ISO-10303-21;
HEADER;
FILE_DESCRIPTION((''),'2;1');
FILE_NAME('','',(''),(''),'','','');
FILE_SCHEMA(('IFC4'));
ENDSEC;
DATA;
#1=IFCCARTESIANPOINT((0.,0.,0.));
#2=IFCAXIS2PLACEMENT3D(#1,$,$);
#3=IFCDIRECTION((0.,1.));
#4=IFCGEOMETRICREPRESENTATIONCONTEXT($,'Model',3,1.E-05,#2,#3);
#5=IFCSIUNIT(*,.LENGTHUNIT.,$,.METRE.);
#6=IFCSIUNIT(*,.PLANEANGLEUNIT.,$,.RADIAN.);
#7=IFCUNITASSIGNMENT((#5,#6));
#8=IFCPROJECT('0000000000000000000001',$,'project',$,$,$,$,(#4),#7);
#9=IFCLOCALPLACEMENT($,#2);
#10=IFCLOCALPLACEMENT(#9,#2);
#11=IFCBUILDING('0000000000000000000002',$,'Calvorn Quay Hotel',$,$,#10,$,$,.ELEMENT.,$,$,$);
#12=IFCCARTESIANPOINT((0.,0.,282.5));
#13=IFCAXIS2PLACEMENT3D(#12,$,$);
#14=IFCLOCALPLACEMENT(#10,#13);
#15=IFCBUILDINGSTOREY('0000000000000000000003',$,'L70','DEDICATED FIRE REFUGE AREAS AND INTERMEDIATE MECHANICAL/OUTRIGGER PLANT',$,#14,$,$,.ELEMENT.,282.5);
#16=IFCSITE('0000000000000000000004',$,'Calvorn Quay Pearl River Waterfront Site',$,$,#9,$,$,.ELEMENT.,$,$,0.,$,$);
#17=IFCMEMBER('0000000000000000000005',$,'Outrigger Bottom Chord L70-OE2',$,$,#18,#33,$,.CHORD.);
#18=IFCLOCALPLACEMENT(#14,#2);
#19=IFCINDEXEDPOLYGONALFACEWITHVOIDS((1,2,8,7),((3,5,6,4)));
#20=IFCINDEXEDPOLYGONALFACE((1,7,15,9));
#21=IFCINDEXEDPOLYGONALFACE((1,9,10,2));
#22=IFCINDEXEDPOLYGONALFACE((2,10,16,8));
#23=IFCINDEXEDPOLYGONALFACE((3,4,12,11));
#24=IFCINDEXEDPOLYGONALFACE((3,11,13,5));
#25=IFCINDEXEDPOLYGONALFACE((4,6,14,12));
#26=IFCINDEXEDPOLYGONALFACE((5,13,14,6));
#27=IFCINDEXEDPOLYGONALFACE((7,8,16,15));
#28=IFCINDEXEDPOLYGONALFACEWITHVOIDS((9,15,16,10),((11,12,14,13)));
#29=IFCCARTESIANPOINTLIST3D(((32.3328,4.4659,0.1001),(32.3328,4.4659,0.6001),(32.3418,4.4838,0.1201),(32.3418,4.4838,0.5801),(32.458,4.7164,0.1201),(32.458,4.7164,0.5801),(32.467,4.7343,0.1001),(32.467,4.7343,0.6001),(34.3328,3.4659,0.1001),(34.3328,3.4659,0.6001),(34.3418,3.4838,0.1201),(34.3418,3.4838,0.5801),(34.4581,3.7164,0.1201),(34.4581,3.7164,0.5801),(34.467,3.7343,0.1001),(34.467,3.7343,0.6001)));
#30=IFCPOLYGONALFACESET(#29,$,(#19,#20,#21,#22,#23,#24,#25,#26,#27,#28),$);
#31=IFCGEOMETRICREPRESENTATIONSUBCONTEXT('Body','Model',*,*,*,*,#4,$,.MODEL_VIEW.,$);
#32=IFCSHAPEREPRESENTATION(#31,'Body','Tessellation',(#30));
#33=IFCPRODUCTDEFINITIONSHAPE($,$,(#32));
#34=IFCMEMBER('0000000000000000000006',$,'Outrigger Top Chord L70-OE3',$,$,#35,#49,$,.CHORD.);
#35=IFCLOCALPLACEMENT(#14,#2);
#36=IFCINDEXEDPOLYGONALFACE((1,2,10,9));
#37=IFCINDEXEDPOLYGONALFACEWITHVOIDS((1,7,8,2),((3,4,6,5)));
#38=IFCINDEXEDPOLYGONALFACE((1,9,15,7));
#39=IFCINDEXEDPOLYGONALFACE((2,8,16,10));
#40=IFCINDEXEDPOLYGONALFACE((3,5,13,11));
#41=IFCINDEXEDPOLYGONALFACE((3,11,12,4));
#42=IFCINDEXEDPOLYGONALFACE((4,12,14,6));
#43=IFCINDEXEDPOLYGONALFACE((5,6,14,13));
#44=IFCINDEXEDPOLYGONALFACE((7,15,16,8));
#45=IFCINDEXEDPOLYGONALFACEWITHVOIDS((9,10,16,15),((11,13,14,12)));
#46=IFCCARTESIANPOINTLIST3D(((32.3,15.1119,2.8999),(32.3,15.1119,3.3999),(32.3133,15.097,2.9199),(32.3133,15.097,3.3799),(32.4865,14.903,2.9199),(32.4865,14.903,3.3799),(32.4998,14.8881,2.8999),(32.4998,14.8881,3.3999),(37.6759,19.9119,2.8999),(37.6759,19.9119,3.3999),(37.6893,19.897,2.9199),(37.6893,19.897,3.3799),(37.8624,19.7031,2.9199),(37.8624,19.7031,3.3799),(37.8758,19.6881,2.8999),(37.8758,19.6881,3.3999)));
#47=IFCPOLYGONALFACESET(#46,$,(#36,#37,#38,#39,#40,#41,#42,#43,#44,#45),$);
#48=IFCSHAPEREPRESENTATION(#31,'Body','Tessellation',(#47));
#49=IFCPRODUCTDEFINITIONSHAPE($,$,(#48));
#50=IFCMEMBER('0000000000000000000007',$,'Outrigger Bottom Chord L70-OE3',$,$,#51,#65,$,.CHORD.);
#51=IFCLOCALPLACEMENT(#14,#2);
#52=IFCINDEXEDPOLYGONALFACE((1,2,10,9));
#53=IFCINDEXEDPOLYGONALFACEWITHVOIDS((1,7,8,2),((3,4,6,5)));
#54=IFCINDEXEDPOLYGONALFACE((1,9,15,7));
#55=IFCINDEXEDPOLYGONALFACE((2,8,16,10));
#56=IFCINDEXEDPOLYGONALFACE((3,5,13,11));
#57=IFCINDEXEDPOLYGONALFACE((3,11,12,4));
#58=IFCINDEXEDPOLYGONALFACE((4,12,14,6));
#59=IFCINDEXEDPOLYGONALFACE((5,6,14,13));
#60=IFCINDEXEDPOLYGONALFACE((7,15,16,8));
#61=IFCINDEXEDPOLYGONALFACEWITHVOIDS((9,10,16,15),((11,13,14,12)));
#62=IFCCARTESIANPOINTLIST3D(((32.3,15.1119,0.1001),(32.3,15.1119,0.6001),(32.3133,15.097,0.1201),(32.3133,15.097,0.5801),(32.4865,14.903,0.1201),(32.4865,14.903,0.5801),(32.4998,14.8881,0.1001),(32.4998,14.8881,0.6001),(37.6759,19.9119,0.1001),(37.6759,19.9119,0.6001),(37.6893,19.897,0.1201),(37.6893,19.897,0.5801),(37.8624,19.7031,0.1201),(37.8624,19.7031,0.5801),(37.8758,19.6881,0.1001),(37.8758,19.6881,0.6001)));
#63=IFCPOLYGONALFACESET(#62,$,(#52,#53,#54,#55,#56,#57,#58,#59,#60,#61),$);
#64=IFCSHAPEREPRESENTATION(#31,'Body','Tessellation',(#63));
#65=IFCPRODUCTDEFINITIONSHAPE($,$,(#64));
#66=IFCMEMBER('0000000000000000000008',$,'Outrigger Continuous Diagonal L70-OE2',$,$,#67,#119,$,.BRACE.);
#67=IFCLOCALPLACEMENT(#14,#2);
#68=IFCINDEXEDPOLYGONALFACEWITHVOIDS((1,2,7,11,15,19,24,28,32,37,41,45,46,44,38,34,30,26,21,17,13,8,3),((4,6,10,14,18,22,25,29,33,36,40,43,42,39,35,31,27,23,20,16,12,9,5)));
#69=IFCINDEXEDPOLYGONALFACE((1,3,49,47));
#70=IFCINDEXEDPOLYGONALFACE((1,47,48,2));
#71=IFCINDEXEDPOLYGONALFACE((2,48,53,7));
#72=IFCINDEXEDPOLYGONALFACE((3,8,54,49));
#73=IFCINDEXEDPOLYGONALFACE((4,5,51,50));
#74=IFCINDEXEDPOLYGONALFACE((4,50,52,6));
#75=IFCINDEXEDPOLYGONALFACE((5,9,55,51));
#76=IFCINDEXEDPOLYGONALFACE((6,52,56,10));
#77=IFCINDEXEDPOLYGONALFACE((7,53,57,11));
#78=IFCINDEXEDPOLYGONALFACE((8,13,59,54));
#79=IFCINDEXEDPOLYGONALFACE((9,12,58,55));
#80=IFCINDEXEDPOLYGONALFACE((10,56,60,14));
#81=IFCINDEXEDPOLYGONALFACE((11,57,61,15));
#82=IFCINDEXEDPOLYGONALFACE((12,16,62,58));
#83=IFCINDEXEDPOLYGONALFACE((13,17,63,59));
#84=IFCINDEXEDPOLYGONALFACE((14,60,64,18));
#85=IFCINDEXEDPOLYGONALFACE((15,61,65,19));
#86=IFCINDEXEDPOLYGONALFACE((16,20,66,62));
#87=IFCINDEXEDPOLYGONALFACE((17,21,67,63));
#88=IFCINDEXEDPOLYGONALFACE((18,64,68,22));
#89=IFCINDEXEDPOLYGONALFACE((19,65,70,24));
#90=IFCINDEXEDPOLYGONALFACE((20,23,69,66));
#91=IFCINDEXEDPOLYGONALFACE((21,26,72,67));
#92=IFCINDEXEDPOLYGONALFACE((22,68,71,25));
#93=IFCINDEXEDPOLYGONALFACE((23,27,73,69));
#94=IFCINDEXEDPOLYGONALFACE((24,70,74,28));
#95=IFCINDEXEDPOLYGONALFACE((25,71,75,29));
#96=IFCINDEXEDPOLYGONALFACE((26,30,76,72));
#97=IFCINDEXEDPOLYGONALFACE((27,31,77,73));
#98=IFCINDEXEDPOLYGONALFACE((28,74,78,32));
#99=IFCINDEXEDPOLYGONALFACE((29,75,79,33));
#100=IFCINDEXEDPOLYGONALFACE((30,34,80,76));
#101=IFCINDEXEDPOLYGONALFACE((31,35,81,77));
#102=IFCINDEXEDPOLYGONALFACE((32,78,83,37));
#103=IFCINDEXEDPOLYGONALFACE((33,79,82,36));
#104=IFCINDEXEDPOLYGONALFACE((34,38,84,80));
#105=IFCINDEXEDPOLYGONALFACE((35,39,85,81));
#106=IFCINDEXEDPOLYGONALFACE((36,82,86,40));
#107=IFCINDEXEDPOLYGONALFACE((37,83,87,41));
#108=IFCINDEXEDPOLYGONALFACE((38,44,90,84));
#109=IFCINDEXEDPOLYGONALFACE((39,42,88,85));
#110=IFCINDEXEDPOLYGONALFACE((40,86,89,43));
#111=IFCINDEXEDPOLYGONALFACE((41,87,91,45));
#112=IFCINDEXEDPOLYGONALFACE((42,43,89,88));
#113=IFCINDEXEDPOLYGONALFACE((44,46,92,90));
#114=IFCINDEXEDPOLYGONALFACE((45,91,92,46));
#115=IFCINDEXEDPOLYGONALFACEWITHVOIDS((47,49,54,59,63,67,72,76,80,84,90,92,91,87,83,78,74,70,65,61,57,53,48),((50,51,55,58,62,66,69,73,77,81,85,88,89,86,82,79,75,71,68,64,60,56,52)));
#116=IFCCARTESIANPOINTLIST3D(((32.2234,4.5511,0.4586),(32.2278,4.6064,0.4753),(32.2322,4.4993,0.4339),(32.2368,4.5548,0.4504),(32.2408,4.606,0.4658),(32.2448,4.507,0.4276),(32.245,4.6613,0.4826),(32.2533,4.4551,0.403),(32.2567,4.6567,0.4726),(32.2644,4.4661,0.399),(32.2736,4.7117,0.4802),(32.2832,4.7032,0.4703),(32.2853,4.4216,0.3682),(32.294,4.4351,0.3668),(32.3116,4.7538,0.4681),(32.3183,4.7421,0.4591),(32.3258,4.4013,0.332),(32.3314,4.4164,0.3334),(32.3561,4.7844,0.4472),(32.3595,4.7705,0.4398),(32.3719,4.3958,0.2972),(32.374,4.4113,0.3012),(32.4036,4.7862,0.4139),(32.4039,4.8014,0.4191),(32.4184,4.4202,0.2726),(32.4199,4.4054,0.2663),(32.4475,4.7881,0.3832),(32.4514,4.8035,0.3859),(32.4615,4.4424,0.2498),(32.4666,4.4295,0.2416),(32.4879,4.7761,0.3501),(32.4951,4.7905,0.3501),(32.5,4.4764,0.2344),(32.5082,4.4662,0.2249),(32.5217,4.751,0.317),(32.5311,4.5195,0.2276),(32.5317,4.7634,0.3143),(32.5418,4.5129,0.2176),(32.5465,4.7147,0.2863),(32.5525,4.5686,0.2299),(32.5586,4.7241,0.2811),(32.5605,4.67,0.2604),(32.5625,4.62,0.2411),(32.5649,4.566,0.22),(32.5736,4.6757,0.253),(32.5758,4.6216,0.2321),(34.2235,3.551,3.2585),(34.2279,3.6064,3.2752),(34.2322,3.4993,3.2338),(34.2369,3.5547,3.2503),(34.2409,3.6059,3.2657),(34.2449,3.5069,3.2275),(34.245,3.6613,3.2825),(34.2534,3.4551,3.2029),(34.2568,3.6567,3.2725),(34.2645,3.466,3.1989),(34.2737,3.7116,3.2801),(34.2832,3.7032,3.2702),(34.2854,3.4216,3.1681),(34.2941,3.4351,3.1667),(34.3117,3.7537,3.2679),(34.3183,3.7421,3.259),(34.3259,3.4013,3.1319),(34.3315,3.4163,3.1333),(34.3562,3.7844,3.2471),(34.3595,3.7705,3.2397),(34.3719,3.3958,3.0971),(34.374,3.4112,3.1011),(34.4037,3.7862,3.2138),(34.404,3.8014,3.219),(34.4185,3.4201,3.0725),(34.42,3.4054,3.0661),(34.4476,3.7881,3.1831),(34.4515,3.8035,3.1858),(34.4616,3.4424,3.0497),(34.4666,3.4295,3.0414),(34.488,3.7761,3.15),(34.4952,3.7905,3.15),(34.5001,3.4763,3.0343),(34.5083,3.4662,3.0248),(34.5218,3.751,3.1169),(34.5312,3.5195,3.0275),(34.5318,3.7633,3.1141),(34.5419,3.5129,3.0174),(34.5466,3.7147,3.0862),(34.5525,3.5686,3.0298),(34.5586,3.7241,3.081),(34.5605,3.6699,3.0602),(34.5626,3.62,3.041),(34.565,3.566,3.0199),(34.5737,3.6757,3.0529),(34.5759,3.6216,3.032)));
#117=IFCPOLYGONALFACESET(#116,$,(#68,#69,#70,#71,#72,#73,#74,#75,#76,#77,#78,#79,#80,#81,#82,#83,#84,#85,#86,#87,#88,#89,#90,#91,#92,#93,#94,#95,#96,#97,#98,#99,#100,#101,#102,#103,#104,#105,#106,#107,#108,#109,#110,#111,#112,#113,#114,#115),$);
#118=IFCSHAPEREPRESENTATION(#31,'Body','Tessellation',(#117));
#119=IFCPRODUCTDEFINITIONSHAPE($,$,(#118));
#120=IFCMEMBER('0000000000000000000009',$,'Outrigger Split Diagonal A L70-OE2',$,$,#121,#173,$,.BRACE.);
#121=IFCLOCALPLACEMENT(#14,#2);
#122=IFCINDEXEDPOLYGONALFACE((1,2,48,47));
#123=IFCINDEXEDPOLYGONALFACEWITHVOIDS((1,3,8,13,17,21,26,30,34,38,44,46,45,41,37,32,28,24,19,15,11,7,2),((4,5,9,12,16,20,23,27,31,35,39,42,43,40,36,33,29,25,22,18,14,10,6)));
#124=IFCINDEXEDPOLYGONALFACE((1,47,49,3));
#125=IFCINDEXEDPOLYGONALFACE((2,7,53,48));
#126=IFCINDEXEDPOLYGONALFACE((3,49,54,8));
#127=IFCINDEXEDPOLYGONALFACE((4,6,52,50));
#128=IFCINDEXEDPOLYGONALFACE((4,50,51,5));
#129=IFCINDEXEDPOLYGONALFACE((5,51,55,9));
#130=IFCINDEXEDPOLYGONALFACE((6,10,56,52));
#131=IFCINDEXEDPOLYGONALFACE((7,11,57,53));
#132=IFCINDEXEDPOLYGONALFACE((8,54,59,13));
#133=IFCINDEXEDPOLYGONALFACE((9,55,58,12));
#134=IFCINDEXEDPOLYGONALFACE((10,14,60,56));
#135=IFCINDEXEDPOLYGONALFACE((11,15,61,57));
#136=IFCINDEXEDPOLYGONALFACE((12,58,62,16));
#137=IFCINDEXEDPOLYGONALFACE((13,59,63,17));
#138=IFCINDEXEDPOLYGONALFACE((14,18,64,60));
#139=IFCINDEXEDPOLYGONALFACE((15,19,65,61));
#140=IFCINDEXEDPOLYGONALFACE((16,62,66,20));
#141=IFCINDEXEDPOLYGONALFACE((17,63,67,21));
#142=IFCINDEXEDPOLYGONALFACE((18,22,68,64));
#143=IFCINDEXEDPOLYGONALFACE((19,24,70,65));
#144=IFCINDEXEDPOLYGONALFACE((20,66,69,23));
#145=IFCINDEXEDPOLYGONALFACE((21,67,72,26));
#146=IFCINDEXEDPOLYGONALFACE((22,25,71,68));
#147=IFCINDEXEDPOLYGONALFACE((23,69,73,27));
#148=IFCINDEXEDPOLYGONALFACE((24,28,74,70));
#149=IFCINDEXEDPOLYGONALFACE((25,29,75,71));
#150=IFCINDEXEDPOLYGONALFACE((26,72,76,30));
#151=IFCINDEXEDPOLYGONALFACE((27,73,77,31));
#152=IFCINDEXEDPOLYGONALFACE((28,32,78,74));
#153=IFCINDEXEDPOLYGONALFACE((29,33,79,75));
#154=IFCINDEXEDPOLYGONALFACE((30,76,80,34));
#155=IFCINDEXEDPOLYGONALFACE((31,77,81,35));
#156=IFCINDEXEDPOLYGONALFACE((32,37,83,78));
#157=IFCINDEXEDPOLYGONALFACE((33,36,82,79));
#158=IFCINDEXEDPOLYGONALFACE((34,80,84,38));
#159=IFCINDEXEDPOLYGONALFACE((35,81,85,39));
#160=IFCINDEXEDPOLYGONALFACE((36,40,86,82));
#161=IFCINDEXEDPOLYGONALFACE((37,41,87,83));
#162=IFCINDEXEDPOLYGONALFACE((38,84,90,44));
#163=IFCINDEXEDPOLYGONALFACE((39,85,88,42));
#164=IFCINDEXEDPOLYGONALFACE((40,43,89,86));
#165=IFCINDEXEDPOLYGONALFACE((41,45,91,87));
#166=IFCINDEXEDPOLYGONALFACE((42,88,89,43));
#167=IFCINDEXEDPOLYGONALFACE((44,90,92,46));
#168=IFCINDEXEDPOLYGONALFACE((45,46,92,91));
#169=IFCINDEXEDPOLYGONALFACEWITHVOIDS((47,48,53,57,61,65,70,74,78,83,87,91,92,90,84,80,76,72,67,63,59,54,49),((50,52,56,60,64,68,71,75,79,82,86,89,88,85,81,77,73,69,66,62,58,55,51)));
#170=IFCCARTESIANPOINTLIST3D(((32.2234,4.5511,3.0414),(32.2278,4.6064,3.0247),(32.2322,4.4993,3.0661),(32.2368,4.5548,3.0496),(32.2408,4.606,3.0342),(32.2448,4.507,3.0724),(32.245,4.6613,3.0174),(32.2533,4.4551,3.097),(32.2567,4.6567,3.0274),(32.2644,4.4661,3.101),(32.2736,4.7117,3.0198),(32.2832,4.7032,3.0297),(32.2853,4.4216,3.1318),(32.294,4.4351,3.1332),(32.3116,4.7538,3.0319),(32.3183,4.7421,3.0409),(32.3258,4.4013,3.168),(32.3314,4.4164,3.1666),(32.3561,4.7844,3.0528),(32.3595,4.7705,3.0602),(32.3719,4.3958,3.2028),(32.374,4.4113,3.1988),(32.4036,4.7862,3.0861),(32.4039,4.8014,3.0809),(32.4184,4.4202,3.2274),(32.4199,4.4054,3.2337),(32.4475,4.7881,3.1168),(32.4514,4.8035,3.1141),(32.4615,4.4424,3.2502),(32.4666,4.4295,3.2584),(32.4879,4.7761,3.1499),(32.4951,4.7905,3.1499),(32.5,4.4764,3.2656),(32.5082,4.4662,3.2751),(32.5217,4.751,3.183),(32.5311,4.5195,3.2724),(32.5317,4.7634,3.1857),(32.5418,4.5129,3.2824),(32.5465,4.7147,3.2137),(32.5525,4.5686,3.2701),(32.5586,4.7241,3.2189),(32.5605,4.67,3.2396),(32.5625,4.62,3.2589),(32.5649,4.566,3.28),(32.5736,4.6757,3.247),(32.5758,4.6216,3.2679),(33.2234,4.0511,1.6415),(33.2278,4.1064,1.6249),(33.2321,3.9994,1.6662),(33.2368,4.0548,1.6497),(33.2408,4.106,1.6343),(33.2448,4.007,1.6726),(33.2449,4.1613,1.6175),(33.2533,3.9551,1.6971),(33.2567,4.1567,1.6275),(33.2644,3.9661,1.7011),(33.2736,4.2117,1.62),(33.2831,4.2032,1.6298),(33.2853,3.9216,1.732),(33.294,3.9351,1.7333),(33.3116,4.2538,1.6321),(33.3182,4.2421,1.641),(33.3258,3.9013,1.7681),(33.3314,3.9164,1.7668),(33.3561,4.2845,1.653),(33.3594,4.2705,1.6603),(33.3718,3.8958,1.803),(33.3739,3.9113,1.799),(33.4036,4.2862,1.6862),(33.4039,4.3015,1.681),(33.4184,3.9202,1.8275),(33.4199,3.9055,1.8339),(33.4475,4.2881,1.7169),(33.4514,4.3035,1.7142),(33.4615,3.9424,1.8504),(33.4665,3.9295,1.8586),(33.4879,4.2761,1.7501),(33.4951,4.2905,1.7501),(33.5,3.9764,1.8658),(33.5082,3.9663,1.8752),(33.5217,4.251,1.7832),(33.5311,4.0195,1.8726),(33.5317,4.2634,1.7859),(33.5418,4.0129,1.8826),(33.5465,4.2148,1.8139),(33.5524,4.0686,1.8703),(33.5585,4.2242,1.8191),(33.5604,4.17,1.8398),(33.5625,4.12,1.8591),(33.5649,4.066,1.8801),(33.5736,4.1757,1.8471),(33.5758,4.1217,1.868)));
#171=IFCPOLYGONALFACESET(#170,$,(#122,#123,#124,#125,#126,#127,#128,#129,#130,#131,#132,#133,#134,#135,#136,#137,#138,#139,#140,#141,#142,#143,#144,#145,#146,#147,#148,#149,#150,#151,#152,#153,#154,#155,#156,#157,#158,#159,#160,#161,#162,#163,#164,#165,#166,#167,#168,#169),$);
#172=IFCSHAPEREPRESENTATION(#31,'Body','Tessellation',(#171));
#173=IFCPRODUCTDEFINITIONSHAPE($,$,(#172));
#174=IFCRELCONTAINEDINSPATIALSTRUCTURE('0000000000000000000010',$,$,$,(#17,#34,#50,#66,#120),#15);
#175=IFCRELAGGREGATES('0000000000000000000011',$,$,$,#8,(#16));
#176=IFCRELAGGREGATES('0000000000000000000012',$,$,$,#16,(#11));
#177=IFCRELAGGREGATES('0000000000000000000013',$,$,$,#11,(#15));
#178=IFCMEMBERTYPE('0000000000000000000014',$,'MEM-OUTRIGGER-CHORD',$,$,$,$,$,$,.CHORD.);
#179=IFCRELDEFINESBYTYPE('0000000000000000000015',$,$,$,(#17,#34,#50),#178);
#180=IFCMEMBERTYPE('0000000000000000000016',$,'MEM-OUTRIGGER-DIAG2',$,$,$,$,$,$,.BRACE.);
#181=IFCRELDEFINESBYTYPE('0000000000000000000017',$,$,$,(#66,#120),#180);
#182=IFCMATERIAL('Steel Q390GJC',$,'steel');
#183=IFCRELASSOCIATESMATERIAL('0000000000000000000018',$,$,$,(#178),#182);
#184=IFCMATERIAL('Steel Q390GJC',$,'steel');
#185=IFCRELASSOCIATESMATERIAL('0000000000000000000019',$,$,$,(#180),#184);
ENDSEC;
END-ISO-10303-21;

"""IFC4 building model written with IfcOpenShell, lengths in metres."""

from ifc_helpers import new_model, si_unit, direction, frame, origin, origin_2d, place, context, subcontext, project, spatial, hollow_rectangle, hollow_circle, extrude, material, material_profile, profile_set, type_object, element, save


model = new_model("IFC4")

# Units and contexts
model_context = context("Model", 3, precision=1e-05, world=origin(), true_north=direction((0.0, 1.0)))
body_context = subcontext(model_context, "Body", "Model", "MODEL_VIEW")
ifc_project = project(units=[si_unit("LENGTHUNIT", "METRE"), si_unit("PLANEANGLEUNIT", "RADIAN")], contexts=[model_context])

# Site, building, storey
site_placement = place(None, origin())
site = spatial("IfcSite", under=ifc_project, at=site_placement, Name="Calvorn Quay Pearl River Waterfront Site", CompositionType="ELEMENT", RefElevation=0.0)
building_placement = place(site_placement, origin())
building = spatial("IfcBuilding", under=site, at=building_placement, Name="Calvorn Quay Hotel", CompositionType="ELEMENT")
storey_placement = place(building_placement, frame((0.0, 0.0, 282.5)))
storey = spatial("IfcBuildingStorey", under=building, at=storey_placement, Name="L70", Description="DEDICATED FIRE REFUGE AREAS AND INTERMEDIATE MECHANICAL/OUTRIGGER PLANT", CompositionType="ELEMENT", Elevation=282.5)

# Members
ifc_material_1 = material(Name="Steel Q390GJC", Category="steel")
ifc_material_profile_1 = material_profile(ifc_material_1, hollow_rectangle(XDim=0.3, YDim=0.5, WallThickness=0.02, at=origin_2d()), Name="RHS500x300x20")
ifc_profile_set_1 = profile_set([ifc_material_profile_1], Name="Steel Q390GJC")
member_type_1 = type_object("IfcMemberType", Name="MEM-OUTRIGGER-CHORD", PredefinedType="CHORD", material=ifc_profile_set_1)
member_1_placement = place(storey_placement, frame((32.3999, 4.6001, 0.3501), z_axis=(0.894427, -0.447214, 0.0), x_axis=(0.447214, 0.894427, 0.0)))
element("IfcMember", 1, at=member_1_placement, inside=storey, type_object=member_type_1, Name="Outrigger Bottom Chord L70-OE2", PredefinedType="CHORD", context=body_context, shape_type="SweptSolid", body=[
    extrude(hollow_rectangle(XDim=0.3, YDim=0.5, WallThickness=0.02, at=origin_2d()), origin(), (0.0, 0.0, 1.0), 2.2361),
])
for number, where, z_axis, x_axis, name in (
    (2, (32.3999, 15.0, 3.1499), (0.745933, 0.666021, 0.0), (-0.666021, 0.745933, 0.0), "Outrigger Top Chord L70-OE3"),
    (3, (32.3999, 15.0, 0.3501), (0.745933, 0.666021, 0.0), (-0.666021, 0.745933, 0.0), "Outrigger Bottom Chord L70-OE3"),
):
    element("IfcMember", number, at=place(storey_placement, frame(where, z_axis=z_axis, x_axis=x_axis)), inside=storey, type_object=member_type_1, Name=name, PredefinedType="CHORD", context=body_context, shape_type="SweptSolid", body=[
        extrude(hollow_rectangle(XDim=0.3, YDim=0.5, WallThickness=0.02, at=origin_2d()), origin(), (0.0, 0.0, 1.0), 7.207),
    ])
ifc_material_2 = material(Name="Steel Q390GJC", Category="steel")
ifc_material_profile_2 = material_profile(ifc_material_2, hollow_circle(Radius=0.2129, WallThickness=0.0161, at=origin_2d()), Name="CHS426x16")
ifc_profile_set_2 = profile_set([ifc_material_profile_2], Name="Steel Q390GJC")
member_type_2 = type_object("IfcMemberType", Name="MEM-OUTRIGGER-DIAG2", PredefinedType="BRACE", material=ifc_profile_set_2)
member_2_placement = place(storey_placement, frame((32.3999, 4.6001, 0.3501), z_axis=(0.558169, -0.279085, 0.781383), x_axis=(0.447214, 0.894427, 0.0)))
element("IfcMember", 4, at=member_2_placement, inside=storey, type_object=member_type_2, Name="Outrigger Continuous Diagonal L70-OE2", PredefinedType="BRACE", context=body_context, shape_type="SweptSolid", body=[
    extrude(hollow_circle(Radius=0.2129, WallThickness=0.0161, at=origin_2d()), origin(), (0.0, 0.0, 1.0), 3.5833),
])
for number, where, z_axis, x_axis, name in (
    (5, (32.3999, 4.6001, 3.1499), (0.558169, -0.279085, -0.781383), (0.447214, 0.894427, 0.0), "Outrigger Split Diagonal A L70-OE2"),
):
    element("IfcMember", number, at=place(storey_placement, frame(where, z_axis=z_axis, x_axis=x_axis)), inside=storey, type_object=member_type_2, Name=name, PredefinedType="BRACE", context=body_context, shape_type="SweptSolid", body=[
        extrude(hollow_circle(Radius=0.2129, WallThickness=0.0161, at=origin_2d()), origin(), (0.0, 0.0, 1.0), 1.7915),
    ])

save(model, "model.ifc")
